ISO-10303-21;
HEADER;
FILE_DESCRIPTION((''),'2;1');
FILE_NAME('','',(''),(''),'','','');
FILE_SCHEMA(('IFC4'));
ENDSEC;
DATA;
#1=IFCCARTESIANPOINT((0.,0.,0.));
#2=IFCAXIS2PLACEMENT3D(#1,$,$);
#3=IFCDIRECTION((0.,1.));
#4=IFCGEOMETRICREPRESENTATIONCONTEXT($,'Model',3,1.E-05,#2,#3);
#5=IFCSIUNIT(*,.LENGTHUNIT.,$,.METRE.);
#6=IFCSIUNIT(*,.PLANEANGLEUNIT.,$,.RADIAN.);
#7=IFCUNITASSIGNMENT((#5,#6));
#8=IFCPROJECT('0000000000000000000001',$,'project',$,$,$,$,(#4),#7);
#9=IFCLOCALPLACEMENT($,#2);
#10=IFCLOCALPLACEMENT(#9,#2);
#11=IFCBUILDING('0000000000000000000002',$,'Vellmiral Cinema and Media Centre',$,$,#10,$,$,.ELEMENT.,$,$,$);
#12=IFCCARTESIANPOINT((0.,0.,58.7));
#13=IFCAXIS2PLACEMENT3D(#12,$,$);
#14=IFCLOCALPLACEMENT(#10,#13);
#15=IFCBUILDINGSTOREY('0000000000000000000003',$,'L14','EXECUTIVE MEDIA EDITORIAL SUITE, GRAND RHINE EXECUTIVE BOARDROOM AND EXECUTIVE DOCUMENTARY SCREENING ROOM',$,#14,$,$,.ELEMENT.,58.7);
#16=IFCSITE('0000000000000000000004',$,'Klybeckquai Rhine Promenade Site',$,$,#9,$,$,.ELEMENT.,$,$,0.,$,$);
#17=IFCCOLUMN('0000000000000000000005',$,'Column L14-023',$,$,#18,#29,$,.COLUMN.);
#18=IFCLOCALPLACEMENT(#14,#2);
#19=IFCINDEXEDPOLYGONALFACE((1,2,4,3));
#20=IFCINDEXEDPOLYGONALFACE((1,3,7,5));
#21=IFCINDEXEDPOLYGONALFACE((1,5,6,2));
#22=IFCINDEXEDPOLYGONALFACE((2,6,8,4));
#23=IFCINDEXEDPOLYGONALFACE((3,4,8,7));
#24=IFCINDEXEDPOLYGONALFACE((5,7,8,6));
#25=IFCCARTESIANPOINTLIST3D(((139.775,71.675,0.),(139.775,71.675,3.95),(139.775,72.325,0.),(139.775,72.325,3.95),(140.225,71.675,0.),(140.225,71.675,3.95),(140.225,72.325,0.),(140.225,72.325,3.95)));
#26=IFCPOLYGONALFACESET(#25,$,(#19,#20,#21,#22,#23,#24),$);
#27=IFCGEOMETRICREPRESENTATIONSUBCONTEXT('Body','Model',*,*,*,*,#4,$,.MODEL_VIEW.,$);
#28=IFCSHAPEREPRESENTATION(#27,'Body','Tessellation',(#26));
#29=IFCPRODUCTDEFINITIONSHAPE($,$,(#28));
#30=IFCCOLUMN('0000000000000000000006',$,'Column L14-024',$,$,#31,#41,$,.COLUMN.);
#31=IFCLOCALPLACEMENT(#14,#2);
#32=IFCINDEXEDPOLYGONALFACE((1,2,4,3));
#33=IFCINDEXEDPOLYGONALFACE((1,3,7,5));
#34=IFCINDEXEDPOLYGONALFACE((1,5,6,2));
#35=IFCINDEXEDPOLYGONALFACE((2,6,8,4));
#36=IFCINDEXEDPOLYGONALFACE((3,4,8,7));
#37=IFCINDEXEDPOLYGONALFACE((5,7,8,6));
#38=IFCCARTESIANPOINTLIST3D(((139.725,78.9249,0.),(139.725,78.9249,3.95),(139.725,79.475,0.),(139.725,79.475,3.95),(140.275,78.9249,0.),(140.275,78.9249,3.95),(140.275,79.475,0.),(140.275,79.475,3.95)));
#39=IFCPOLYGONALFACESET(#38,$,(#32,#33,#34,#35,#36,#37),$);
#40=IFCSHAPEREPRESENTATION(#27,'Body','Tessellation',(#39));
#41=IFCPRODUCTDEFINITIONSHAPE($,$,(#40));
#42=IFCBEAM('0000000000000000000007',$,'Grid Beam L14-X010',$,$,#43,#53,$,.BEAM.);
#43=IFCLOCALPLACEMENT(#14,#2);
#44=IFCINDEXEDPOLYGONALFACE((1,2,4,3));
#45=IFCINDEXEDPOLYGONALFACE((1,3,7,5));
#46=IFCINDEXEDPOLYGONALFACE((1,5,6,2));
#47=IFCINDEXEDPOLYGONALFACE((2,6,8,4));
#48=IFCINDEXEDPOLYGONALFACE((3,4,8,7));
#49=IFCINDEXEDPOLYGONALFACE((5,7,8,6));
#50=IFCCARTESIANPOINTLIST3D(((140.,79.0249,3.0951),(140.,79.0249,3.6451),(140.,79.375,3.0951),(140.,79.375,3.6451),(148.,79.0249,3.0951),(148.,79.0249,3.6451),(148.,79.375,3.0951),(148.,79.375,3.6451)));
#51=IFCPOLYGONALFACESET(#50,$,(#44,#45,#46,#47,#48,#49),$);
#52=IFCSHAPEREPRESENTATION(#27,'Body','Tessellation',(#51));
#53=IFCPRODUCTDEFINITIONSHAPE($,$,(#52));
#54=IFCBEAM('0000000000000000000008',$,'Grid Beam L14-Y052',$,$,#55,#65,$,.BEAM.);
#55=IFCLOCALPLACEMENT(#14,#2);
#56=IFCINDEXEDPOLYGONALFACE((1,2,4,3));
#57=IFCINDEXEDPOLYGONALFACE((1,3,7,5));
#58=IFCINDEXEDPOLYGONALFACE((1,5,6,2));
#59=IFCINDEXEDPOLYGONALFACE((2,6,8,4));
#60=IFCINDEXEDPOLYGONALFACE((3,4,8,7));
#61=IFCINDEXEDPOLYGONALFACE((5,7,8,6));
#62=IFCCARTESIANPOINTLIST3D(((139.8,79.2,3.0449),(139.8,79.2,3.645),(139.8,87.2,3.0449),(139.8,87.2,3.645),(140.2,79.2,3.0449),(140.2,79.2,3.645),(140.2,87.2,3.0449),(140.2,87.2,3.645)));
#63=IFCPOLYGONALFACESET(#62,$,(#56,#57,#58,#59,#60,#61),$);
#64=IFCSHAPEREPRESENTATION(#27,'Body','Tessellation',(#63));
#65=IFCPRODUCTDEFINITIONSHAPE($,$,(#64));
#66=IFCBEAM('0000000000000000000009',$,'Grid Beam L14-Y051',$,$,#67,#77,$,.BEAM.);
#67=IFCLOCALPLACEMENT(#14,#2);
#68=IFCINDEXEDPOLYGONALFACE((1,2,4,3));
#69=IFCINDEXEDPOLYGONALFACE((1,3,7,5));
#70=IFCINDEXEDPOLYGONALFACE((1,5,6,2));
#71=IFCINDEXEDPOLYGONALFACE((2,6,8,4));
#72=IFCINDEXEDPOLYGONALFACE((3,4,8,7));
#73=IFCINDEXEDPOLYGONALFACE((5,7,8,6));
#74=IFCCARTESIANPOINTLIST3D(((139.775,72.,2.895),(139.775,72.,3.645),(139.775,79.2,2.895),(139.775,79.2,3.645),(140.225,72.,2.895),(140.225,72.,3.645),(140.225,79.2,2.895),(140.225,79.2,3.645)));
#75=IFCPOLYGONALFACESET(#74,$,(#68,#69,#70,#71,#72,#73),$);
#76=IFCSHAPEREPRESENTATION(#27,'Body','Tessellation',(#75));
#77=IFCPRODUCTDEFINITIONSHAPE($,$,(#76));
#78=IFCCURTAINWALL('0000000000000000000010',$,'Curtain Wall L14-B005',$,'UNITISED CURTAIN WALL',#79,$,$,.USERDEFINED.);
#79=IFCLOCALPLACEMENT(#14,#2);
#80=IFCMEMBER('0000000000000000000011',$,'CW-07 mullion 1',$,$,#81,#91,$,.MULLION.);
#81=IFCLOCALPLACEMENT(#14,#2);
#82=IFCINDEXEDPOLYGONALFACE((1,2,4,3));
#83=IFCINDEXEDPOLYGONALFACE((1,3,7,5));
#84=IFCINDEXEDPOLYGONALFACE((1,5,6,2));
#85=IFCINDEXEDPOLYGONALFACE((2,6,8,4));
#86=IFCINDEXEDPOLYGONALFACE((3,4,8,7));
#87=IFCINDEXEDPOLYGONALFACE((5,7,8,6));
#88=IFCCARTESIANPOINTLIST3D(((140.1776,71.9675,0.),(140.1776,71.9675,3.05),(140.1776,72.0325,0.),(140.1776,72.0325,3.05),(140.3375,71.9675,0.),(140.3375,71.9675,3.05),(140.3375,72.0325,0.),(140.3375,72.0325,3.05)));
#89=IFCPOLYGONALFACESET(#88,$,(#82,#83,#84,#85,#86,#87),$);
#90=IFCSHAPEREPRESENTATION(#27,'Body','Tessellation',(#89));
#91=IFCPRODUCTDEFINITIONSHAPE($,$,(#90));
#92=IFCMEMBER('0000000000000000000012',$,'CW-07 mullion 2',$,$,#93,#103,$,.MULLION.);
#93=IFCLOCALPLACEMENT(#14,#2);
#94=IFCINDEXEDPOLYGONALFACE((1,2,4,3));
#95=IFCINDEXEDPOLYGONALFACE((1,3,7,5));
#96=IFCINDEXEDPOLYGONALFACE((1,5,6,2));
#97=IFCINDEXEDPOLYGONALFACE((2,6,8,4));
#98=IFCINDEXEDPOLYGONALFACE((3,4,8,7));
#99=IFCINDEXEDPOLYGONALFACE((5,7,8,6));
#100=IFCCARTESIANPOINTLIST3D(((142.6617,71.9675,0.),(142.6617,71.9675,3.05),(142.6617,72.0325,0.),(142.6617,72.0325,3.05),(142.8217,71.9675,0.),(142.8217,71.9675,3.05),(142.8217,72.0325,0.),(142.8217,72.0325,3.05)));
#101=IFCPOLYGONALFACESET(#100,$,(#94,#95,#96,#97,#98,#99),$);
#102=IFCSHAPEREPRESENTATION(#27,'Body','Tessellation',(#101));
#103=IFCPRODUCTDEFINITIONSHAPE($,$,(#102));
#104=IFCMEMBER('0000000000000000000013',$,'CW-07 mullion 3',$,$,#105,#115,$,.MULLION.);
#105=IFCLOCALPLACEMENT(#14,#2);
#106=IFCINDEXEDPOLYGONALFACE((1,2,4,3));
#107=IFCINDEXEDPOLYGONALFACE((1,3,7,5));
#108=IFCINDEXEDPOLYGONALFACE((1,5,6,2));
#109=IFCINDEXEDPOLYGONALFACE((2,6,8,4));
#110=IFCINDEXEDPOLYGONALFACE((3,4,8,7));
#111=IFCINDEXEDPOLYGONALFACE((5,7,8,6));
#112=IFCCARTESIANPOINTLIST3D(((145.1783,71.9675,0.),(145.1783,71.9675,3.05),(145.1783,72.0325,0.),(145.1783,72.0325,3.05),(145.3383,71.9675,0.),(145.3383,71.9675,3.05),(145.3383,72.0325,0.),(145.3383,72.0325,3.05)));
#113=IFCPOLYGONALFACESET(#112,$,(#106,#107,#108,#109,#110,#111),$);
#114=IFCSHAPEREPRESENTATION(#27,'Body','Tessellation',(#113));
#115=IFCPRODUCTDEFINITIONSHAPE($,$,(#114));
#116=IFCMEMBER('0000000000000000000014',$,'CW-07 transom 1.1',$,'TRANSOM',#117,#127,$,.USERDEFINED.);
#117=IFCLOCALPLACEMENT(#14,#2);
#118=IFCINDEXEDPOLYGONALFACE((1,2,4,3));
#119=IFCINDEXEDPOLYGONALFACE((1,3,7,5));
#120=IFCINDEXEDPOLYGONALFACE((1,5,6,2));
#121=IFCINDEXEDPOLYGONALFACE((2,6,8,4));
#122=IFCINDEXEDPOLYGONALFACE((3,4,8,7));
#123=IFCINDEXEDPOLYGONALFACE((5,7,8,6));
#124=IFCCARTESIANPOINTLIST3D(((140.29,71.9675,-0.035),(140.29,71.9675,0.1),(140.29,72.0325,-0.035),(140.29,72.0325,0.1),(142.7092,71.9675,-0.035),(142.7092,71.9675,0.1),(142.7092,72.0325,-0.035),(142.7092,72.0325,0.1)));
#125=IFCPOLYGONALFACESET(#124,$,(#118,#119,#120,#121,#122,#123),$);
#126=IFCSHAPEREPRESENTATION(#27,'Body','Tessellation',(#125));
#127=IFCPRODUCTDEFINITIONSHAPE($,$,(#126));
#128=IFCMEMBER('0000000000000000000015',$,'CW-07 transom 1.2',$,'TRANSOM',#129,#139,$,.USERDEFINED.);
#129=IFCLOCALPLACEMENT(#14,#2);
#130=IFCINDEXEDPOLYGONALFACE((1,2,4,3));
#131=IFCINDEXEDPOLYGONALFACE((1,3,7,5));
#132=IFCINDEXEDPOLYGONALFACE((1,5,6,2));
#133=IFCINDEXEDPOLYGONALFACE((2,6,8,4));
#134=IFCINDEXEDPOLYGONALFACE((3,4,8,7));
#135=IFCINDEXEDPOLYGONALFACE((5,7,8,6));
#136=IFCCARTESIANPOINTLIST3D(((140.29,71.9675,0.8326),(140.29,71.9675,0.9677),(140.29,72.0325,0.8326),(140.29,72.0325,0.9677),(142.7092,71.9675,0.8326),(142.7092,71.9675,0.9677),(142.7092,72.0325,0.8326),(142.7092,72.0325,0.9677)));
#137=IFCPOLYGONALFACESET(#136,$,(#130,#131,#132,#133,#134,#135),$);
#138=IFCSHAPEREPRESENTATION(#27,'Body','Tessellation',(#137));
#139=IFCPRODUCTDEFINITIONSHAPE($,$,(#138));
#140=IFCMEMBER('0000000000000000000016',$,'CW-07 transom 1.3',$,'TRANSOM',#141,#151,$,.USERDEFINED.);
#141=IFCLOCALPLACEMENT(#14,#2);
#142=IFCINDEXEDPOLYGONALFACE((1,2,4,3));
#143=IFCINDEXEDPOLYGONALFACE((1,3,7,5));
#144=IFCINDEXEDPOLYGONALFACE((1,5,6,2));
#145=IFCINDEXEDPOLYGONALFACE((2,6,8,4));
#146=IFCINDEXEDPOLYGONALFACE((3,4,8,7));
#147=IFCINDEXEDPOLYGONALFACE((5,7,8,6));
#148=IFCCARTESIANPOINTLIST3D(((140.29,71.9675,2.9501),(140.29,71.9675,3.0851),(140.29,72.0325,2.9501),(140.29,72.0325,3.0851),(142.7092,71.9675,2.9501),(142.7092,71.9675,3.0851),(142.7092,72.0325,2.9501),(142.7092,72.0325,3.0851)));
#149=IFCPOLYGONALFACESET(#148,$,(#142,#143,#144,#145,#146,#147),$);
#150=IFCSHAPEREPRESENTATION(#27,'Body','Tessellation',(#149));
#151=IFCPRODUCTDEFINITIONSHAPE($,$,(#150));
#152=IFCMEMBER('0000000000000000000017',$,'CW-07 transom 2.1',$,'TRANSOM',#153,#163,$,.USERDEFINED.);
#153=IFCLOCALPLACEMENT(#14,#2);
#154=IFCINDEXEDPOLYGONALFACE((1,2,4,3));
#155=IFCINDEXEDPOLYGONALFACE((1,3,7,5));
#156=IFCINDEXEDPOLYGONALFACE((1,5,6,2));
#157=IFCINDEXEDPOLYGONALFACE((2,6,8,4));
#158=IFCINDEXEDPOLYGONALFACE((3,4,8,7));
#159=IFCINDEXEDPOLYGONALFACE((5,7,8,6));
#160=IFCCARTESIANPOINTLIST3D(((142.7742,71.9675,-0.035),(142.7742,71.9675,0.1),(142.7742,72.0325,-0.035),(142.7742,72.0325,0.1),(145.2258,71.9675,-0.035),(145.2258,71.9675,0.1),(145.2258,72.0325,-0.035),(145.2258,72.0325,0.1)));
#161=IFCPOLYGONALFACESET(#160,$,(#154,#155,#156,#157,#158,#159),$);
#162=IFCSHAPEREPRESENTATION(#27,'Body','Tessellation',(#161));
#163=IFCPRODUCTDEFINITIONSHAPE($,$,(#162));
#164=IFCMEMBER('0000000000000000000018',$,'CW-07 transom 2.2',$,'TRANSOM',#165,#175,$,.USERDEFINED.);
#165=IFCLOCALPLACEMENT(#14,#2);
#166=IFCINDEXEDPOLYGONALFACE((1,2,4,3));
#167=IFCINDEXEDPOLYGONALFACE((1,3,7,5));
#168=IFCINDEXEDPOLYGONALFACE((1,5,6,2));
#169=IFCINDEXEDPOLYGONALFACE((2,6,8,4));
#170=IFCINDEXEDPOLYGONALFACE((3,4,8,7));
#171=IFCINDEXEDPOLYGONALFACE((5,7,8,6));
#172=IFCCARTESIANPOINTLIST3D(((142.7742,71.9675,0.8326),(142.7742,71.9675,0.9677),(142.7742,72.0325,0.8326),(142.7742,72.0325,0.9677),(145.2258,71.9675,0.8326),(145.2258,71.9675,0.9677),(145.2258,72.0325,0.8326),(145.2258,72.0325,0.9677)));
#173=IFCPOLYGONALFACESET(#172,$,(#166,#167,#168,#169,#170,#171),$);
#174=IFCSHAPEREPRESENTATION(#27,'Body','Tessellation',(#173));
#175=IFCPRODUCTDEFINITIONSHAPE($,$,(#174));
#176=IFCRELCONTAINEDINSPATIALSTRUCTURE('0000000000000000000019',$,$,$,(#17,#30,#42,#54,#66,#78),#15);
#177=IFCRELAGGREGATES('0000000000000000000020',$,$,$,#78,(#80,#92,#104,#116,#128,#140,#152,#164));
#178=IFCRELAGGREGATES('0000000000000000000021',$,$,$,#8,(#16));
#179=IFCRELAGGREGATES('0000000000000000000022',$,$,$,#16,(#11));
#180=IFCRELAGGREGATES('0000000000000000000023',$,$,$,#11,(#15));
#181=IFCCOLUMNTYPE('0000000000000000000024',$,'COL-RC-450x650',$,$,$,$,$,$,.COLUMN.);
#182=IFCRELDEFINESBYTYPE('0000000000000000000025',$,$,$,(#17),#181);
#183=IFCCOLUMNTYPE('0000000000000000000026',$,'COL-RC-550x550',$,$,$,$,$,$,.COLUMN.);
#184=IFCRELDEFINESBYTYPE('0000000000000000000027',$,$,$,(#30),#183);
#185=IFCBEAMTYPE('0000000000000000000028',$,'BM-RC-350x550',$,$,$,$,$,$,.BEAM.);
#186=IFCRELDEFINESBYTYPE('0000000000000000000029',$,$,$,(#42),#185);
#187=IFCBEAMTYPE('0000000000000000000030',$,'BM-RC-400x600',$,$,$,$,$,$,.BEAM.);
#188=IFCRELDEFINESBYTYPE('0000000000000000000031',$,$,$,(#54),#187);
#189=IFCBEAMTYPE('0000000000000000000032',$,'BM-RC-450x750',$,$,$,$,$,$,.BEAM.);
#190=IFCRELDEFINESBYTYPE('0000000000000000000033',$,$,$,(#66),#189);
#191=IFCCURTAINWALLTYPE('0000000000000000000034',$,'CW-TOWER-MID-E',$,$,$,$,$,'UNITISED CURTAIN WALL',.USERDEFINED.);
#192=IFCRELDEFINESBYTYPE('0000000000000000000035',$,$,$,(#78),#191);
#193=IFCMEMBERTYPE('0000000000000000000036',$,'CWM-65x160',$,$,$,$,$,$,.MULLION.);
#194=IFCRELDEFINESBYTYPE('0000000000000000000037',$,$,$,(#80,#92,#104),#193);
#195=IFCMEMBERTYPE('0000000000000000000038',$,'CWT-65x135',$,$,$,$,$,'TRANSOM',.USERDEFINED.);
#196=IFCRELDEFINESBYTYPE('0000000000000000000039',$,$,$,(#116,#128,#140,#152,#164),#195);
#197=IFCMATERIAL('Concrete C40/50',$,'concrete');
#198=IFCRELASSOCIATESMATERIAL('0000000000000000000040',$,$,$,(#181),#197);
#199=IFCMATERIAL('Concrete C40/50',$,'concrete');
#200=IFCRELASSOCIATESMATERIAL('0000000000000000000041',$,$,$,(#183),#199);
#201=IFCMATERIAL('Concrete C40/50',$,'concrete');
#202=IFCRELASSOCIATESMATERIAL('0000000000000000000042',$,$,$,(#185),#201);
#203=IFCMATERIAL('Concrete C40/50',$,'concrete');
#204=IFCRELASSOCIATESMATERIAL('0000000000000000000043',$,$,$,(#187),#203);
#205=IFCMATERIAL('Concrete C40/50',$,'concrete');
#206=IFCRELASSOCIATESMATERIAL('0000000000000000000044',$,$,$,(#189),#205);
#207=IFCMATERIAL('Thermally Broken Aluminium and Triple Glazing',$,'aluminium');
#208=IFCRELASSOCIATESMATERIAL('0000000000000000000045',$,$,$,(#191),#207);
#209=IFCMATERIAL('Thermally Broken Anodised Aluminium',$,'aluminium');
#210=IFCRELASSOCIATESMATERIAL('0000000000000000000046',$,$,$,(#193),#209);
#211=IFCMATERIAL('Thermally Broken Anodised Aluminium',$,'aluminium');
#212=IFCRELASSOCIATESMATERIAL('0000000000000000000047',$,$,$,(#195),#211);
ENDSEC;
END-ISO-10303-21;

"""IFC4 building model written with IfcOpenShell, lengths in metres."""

from ifc_helpers import new_model, si_unit, direction, frame, origin, origin_2d, place, context, subcontext, project, spatial, rectangle, extrude, material, material_profile, profile_set, type_object, element, aggregate, save


model = new_model("IFC4")

# Units and contexts
model_context = context("Model", 3, precision=1e-05, world=origin(), true_north=direction((0.0, 1.0)))
body_context = subcontext(model_context, "Body", "Model", "MODEL_VIEW")
ifc_project = project(units=[si_unit("LENGTHUNIT", "METRE"), si_unit("PLANEANGLEUNIT", "RADIAN")], contexts=[model_context])

# Site, building, storey
site_placement = place(None, origin())
site = spatial("IfcSite", under=ifc_project, at=site_placement, Name="Klybeckquai Rhine Promenade Site", CompositionType="ELEMENT", RefElevation=0.0)
building_placement = place(site_placement, origin())
building = spatial("IfcBuilding", under=site, at=building_placement, Name="Vellmiral Cinema and Media Centre", CompositionType="ELEMENT")
storey_placement = place(building_placement, frame((0.0, 0.0, 58.7)))
storey = spatial("IfcBuildingStorey", under=building, at=storey_placement, Name="L14", Description="EXECUTIVE MEDIA EDITORIAL SUITE, GRAND RHINE EXECUTIVE BOARDROOM AND EXECUTIVE DOCUMENTARY SCREENING ROOM", CompositionType="ELEMENT", Elevation=58.7)

# Columns
ifc_material_1 = material(Name="Concrete C40/50", Category="concrete")
ifc_material_profile_1 = material_profile(ifc_material_1, rectangle(XDim=0.45, YDim=0.6499, at=origin_2d()), Name="RC 450x650")
ifc_profile_set_1 = profile_set([ifc_material_profile_1], Name="Concrete C40/50")
column_type_1 = type_object("IfcColumnType", Name="COL-RC-450x650", PredefinedType="COLUMN", material=ifc_profile_set_1)
column_1_placement = place(storey_placement, frame((140.0, 72.0, 0.0), z_axis=(0.0, 0.0, 1.0), x_axis=(1.0, 0.0, 0.0)))
element("IfcColumn", 1, at=column_1_placement, inside=storey, type_object=column_type_1, Name="Column L14-023", PredefinedType="COLUMN", context=body_context, shape_type="SweptSolid", body=[
    extrude(rectangle(XDim=0.45, YDim=0.6499, at=origin_2d()), origin(), (0.0, 0.0, 1.0), 3.95),
])
ifc_material_2 = material(Name="Concrete C40/50", Category="concrete")
ifc_material_profile_2 = material_profile(ifc_material_2, rectangle(XDim=0.55, YDim=0.55, at=origin_2d()), Name="RC 550x550")
ifc_profile_set_2 = profile_set([ifc_material_profile_2], Name="Concrete C40/50")
column_type_2 = type_object("IfcColumnType", Name="COL-RC-550x550", PredefinedType="COLUMN", material=ifc_profile_set_2)
column_2_placement = place(storey_placement, frame((140.0, 79.2, 0.0), z_axis=(0.0, 0.0, 1.0), x_axis=(1.0, 0.0, 0.0)))
element("IfcColumn", 2, at=column_2_placement, inside=storey, type_object=column_type_2, Name="Column L14-024", PredefinedType="COLUMN", context=body_context, shape_type="SweptSolid", body=[
    extrude(rectangle(XDim=0.55, YDim=0.55, at=origin_2d()), origin(), (0.0, 0.0, 1.0), 3.95),
])

# Beams
ifc_material_3 = material(Name="Concrete C40/50", Category="concrete")
ifc_material_profile_3 = material_profile(ifc_material_3, rectangle(XDim=0.3501, YDim=0.55, at=origin_2d()), Name="RC 350x550")
ifc_profile_set_3 = profile_set([ifc_material_profile_3], Name="Concrete C40/50")
beam_type_1 = type_object("IfcBeamType", Name="BM-RC-350x550", PredefinedType="BEAM", material=ifc_profile_set_3)
beam_1_placement = place(storey_placement, frame((140.0, 79.2, 3.3701), z_axis=(1.0, 0.0, 0.0), x_axis=(0.0, 1.0, 0.0)))
element("IfcBeam", 3, at=beam_1_placement, inside=storey, type_object=beam_type_1, Name="Grid Beam L14-X010", PredefinedType="BEAM", context=body_context, shape_type="SweptSolid", body=[
    extrude(rectangle(XDim=0.3501, YDim=0.55, at=origin_2d()), origin(), (0.0, 0.0, 1.0), 8.0),
])
ifc_material_4 = material(Name="Concrete C40/50", Category="concrete")
ifc_material_profile_4 = material_profile(ifc_material_4, rectangle(XDim=0.3999, YDim=0.6001, at=origin_2d()), Name="RC 400x600")
ifc_profile_set_4 = profile_set([ifc_material_profile_4], Name="Concrete C40/50")
beam_type_2 = type_object("IfcBeamType", Name="BM-RC-400x600", PredefinedType="BEAM", material=ifc_profile_set_4)
beam_2_placement = place(storey_placement, frame((140.0, 79.2, 3.345), z_axis=(0.0, 1.0, 0.0), x_axis=(-1.0, 0.0, 0.0)))
element("IfcBeam", 4, at=beam_2_placement, inside=storey, type_object=beam_type_2, Name="Grid Beam L14-Y052", PredefinedType="BEAM", context=body_context, shape_type="SweptSolid", body=[
    extrude(rectangle(XDim=0.3999, YDim=0.6001, at=origin_2d()), origin(), (0.0, 0.0, 1.0), 8.0),
])
ifc_material_5 = material(Name="Concrete C40/50", Category="concrete")
ifc_material_profile_5 = material_profile(ifc_material_5, rectangle(XDim=0.45, YDim=0.75, at=origin_2d()), Name="RC 450x750")
ifc_profile_set_5 = profile_set([ifc_material_profile_5], Name="Concrete C40/50")
beam_type_3 = type_object("IfcBeamType", Name="BM-RC-450x750", PredefinedType="BEAM", material=ifc_profile_set_5)
beam_3_placement = place(storey_placement, frame((140.0, 72.0, 3.27), z_axis=(0.0, 1.0, 0.0), x_axis=(-1.0, 0.0, 0.0)))
element("IfcBeam", 5, at=beam_3_placement, inside=storey, type_object=beam_type_3, Name="Grid Beam L14-Y051", PredefinedType="BEAM", context=body_context, shape_type="SweptSolid", body=[
    extrude(rectangle(XDim=0.45, YDim=0.75, at=origin_2d()), origin(), (0.0, 0.0, 1.0), 7.2),
])

# Curtain wall, members
ifc_material_6 = material(Name="Thermally Broken Aluminium and Triple Glazing", Category="aluminium")
curtain_wall_type = type_object("IfcCurtainWallType", Name="CW-TOWER-MID-E", ElementType="UNITISED CURTAIN WALL", PredefinedType="USERDEFINED", material=ifc_material_6)
curtain_wall_placement = place(storey_placement, origin())
curtain_wall = element("IfcCurtainWall", 6, at=curtain_wall_placement, inside=storey, type_object=curtain_wall_type, Name="Curtain Wall L14-B005", ObjectType="UNITISED CURTAIN WALL", PredefinedType="USERDEFINED")
ifc_material_7 = material(Name="Thermally Broken Anodised Aluminium", Category="aluminium")
ifc_material_profile_6 = material_profile(ifc_material_7, rectangle(XDim=0.0649, YDim=0.1599, at=origin_2d()), Name="MULL 65x160")
ifc_profile_set_6 = profile_set([ifc_material_profile_6], Name="Thermally Broken Anodised Aluminium")
member_type_1 = type_object("IfcMemberType", Name="CWM-65x160", PredefinedType="MULLION", material=ifc_profile_set_6)
member_1_placement = place(storey_placement, frame((140.2576, 72.0, 0.0), z_axis=(0.0, 0.0, 1.0), x_axis=(0.0, 1.0, 0.0)))
member_1 = element("IfcMember", 7, at=member_1_placement, type_object=member_type_1, Name="CW-07 mullion 1", PredefinedType="MULLION", context=body_context, shape_type="SweptSolid", body=[
    extrude(rectangle(XDim=0.0649, YDim=0.1599, at=origin_2d()), origin(), (0.0, 0.0, 1.0), 3.05),
])
member_2_placement = place(storey_placement, frame((142.7417, 72.0, 0.0), z_axis=(0.0, 0.0, 1.0), x_axis=(0.0, 1.0, 0.0)))
member_2 = element("IfcMember", 8, at=member_2_placement, type_object=member_type_1, Name="CW-07 mullion 2", PredefinedType="MULLION", context=body_context, shape_type="SweptSolid", body=[
    extrude(rectangle(XDim=0.0649, YDim=0.1599, at=origin_2d()), origin(), (0.0, 0.0, 1.0), 3.05),
])
member_3_placement = place(storey_placement, frame((145.2583, 72.0, 0.0), z_axis=(0.0, 0.0, 1.0), x_axis=(0.0, 1.0, 0.0)))
member_3 = element("IfcMember", 9, at=member_3_placement, type_object=member_type_1, Name="CW-07 mullion 3", PredefinedType="MULLION", context=body_context, shape_type="SweptSolid", body=[
    extrude(rectangle(XDim=0.0649, YDim=0.1599, at=origin_2d()), origin(), (0.0, 0.0, 1.0), 3.05),
])
ifc_material_8 = material(Name="Thermally Broken Anodised Aluminium", Category="aluminium")
ifc_material_profile_7 = material_profile(ifc_material_8, rectangle(XDim=0.0649, YDim=0.135, at=origin_2d()), Name="MULL 65x135")
ifc_profile_set_7 = profile_set([ifc_material_profile_7], Name="Thermally Broken Anodised Aluminium")
member_type_2 = type_object("IfcMemberType", Name="CWT-65x135", ElementType="TRANSOM", PredefinedType="USERDEFINED", material=ifc_profile_set_7)
member_4_placement = place(storey_placement, frame((140.29, 72.0, 0.0325), z_axis=(1.0, 0.0, 0.0), x_axis=(0.0, 1.0, 0.0)))
member_4 = element("IfcMember", 10, at=member_4_placement, type_object=member_type_2, Name="CW-07 transom 1.1", ObjectType="TRANSOM", PredefinedType="USERDEFINED", context=body_context, shape_type="SweptSolid", body=[
    extrude(rectangle(XDim=0.0649, YDim=0.135, at=origin_2d()), origin(), (0.0, 0.0, 1.0), 2.4192),
])
member_5_placement = place(storey_placement, frame((140.29, 72.0, 0.9001), z_axis=(1.0, 0.0, 0.0), x_axis=(0.0, 1.0, 0.0)))
member_5 = element("IfcMember", 11, at=member_5_placement, type_object=member_type_2, Name="CW-07 transom 1.2", ObjectType="TRANSOM", PredefinedType="USERDEFINED", context=body_context, shape_type="SweptSolid", body=[
    extrude(rectangle(XDim=0.0649, YDim=0.135, at=origin_2d()), origin(), (0.0, 0.0, 1.0), 2.4192),
])
member_6_placement = place(storey_placement, frame((140.29, 72.0, 3.0176), z_axis=(1.0, 0.0, 0.0), x_axis=(0.0, 1.0, 0.0)))
member_6 = element("IfcMember", 12, at=member_6_placement, type_object=member_type_2, Name="CW-07 transom 1.3", ObjectType="TRANSOM", PredefinedType="USERDEFINED", context=body_context, shape_type="SweptSolid", body=[
    extrude(rectangle(XDim=0.0649, YDim=0.135, at=origin_2d()), origin(), (0.0, 0.0, 1.0), 2.4192),
])
member_7_placement = place(storey_placement, frame((142.7742, 72.0, 0.0325), z_axis=(1.0, 0.0, 0.0), x_axis=(0.0, 1.0, 0.0)))
member_7 = element("IfcMember", 13, at=member_7_placement, type_object=member_type_2, Name="CW-07 transom 2.1", ObjectType="TRANSOM", PredefinedType="USERDEFINED", context=body_context, shape_type="SweptSolid", body=[
    extrude(rectangle(XDim=0.0649, YDim=0.135, at=origin_2d()), origin(), (0.0, 0.0, 1.0), 2.4517),
])
member_8_placement = place(storey_placement, frame((142.7742, 72.0, 0.9001), z_axis=(1.0, 0.0, 0.0), x_axis=(0.0, 1.0, 0.0)))
member_8 = element("IfcMember", 14, at=member_8_placement, type_object=member_type_2, Name="CW-07 transom 2.2", ObjectType="TRANSOM", PredefinedType="USERDEFINED", context=body_context, shape_type="SweptSolid", body=[
    extrude(rectangle(XDim=0.0649, YDim=0.135, at=origin_2d()), origin(), (0.0, 0.0, 1.0), 2.4517),
])

aggregate(curtain_wall, [member_1, member_2, member_3, member_4, member_5, member_6, member_7, member_8])

save(model, "model.ifc")
